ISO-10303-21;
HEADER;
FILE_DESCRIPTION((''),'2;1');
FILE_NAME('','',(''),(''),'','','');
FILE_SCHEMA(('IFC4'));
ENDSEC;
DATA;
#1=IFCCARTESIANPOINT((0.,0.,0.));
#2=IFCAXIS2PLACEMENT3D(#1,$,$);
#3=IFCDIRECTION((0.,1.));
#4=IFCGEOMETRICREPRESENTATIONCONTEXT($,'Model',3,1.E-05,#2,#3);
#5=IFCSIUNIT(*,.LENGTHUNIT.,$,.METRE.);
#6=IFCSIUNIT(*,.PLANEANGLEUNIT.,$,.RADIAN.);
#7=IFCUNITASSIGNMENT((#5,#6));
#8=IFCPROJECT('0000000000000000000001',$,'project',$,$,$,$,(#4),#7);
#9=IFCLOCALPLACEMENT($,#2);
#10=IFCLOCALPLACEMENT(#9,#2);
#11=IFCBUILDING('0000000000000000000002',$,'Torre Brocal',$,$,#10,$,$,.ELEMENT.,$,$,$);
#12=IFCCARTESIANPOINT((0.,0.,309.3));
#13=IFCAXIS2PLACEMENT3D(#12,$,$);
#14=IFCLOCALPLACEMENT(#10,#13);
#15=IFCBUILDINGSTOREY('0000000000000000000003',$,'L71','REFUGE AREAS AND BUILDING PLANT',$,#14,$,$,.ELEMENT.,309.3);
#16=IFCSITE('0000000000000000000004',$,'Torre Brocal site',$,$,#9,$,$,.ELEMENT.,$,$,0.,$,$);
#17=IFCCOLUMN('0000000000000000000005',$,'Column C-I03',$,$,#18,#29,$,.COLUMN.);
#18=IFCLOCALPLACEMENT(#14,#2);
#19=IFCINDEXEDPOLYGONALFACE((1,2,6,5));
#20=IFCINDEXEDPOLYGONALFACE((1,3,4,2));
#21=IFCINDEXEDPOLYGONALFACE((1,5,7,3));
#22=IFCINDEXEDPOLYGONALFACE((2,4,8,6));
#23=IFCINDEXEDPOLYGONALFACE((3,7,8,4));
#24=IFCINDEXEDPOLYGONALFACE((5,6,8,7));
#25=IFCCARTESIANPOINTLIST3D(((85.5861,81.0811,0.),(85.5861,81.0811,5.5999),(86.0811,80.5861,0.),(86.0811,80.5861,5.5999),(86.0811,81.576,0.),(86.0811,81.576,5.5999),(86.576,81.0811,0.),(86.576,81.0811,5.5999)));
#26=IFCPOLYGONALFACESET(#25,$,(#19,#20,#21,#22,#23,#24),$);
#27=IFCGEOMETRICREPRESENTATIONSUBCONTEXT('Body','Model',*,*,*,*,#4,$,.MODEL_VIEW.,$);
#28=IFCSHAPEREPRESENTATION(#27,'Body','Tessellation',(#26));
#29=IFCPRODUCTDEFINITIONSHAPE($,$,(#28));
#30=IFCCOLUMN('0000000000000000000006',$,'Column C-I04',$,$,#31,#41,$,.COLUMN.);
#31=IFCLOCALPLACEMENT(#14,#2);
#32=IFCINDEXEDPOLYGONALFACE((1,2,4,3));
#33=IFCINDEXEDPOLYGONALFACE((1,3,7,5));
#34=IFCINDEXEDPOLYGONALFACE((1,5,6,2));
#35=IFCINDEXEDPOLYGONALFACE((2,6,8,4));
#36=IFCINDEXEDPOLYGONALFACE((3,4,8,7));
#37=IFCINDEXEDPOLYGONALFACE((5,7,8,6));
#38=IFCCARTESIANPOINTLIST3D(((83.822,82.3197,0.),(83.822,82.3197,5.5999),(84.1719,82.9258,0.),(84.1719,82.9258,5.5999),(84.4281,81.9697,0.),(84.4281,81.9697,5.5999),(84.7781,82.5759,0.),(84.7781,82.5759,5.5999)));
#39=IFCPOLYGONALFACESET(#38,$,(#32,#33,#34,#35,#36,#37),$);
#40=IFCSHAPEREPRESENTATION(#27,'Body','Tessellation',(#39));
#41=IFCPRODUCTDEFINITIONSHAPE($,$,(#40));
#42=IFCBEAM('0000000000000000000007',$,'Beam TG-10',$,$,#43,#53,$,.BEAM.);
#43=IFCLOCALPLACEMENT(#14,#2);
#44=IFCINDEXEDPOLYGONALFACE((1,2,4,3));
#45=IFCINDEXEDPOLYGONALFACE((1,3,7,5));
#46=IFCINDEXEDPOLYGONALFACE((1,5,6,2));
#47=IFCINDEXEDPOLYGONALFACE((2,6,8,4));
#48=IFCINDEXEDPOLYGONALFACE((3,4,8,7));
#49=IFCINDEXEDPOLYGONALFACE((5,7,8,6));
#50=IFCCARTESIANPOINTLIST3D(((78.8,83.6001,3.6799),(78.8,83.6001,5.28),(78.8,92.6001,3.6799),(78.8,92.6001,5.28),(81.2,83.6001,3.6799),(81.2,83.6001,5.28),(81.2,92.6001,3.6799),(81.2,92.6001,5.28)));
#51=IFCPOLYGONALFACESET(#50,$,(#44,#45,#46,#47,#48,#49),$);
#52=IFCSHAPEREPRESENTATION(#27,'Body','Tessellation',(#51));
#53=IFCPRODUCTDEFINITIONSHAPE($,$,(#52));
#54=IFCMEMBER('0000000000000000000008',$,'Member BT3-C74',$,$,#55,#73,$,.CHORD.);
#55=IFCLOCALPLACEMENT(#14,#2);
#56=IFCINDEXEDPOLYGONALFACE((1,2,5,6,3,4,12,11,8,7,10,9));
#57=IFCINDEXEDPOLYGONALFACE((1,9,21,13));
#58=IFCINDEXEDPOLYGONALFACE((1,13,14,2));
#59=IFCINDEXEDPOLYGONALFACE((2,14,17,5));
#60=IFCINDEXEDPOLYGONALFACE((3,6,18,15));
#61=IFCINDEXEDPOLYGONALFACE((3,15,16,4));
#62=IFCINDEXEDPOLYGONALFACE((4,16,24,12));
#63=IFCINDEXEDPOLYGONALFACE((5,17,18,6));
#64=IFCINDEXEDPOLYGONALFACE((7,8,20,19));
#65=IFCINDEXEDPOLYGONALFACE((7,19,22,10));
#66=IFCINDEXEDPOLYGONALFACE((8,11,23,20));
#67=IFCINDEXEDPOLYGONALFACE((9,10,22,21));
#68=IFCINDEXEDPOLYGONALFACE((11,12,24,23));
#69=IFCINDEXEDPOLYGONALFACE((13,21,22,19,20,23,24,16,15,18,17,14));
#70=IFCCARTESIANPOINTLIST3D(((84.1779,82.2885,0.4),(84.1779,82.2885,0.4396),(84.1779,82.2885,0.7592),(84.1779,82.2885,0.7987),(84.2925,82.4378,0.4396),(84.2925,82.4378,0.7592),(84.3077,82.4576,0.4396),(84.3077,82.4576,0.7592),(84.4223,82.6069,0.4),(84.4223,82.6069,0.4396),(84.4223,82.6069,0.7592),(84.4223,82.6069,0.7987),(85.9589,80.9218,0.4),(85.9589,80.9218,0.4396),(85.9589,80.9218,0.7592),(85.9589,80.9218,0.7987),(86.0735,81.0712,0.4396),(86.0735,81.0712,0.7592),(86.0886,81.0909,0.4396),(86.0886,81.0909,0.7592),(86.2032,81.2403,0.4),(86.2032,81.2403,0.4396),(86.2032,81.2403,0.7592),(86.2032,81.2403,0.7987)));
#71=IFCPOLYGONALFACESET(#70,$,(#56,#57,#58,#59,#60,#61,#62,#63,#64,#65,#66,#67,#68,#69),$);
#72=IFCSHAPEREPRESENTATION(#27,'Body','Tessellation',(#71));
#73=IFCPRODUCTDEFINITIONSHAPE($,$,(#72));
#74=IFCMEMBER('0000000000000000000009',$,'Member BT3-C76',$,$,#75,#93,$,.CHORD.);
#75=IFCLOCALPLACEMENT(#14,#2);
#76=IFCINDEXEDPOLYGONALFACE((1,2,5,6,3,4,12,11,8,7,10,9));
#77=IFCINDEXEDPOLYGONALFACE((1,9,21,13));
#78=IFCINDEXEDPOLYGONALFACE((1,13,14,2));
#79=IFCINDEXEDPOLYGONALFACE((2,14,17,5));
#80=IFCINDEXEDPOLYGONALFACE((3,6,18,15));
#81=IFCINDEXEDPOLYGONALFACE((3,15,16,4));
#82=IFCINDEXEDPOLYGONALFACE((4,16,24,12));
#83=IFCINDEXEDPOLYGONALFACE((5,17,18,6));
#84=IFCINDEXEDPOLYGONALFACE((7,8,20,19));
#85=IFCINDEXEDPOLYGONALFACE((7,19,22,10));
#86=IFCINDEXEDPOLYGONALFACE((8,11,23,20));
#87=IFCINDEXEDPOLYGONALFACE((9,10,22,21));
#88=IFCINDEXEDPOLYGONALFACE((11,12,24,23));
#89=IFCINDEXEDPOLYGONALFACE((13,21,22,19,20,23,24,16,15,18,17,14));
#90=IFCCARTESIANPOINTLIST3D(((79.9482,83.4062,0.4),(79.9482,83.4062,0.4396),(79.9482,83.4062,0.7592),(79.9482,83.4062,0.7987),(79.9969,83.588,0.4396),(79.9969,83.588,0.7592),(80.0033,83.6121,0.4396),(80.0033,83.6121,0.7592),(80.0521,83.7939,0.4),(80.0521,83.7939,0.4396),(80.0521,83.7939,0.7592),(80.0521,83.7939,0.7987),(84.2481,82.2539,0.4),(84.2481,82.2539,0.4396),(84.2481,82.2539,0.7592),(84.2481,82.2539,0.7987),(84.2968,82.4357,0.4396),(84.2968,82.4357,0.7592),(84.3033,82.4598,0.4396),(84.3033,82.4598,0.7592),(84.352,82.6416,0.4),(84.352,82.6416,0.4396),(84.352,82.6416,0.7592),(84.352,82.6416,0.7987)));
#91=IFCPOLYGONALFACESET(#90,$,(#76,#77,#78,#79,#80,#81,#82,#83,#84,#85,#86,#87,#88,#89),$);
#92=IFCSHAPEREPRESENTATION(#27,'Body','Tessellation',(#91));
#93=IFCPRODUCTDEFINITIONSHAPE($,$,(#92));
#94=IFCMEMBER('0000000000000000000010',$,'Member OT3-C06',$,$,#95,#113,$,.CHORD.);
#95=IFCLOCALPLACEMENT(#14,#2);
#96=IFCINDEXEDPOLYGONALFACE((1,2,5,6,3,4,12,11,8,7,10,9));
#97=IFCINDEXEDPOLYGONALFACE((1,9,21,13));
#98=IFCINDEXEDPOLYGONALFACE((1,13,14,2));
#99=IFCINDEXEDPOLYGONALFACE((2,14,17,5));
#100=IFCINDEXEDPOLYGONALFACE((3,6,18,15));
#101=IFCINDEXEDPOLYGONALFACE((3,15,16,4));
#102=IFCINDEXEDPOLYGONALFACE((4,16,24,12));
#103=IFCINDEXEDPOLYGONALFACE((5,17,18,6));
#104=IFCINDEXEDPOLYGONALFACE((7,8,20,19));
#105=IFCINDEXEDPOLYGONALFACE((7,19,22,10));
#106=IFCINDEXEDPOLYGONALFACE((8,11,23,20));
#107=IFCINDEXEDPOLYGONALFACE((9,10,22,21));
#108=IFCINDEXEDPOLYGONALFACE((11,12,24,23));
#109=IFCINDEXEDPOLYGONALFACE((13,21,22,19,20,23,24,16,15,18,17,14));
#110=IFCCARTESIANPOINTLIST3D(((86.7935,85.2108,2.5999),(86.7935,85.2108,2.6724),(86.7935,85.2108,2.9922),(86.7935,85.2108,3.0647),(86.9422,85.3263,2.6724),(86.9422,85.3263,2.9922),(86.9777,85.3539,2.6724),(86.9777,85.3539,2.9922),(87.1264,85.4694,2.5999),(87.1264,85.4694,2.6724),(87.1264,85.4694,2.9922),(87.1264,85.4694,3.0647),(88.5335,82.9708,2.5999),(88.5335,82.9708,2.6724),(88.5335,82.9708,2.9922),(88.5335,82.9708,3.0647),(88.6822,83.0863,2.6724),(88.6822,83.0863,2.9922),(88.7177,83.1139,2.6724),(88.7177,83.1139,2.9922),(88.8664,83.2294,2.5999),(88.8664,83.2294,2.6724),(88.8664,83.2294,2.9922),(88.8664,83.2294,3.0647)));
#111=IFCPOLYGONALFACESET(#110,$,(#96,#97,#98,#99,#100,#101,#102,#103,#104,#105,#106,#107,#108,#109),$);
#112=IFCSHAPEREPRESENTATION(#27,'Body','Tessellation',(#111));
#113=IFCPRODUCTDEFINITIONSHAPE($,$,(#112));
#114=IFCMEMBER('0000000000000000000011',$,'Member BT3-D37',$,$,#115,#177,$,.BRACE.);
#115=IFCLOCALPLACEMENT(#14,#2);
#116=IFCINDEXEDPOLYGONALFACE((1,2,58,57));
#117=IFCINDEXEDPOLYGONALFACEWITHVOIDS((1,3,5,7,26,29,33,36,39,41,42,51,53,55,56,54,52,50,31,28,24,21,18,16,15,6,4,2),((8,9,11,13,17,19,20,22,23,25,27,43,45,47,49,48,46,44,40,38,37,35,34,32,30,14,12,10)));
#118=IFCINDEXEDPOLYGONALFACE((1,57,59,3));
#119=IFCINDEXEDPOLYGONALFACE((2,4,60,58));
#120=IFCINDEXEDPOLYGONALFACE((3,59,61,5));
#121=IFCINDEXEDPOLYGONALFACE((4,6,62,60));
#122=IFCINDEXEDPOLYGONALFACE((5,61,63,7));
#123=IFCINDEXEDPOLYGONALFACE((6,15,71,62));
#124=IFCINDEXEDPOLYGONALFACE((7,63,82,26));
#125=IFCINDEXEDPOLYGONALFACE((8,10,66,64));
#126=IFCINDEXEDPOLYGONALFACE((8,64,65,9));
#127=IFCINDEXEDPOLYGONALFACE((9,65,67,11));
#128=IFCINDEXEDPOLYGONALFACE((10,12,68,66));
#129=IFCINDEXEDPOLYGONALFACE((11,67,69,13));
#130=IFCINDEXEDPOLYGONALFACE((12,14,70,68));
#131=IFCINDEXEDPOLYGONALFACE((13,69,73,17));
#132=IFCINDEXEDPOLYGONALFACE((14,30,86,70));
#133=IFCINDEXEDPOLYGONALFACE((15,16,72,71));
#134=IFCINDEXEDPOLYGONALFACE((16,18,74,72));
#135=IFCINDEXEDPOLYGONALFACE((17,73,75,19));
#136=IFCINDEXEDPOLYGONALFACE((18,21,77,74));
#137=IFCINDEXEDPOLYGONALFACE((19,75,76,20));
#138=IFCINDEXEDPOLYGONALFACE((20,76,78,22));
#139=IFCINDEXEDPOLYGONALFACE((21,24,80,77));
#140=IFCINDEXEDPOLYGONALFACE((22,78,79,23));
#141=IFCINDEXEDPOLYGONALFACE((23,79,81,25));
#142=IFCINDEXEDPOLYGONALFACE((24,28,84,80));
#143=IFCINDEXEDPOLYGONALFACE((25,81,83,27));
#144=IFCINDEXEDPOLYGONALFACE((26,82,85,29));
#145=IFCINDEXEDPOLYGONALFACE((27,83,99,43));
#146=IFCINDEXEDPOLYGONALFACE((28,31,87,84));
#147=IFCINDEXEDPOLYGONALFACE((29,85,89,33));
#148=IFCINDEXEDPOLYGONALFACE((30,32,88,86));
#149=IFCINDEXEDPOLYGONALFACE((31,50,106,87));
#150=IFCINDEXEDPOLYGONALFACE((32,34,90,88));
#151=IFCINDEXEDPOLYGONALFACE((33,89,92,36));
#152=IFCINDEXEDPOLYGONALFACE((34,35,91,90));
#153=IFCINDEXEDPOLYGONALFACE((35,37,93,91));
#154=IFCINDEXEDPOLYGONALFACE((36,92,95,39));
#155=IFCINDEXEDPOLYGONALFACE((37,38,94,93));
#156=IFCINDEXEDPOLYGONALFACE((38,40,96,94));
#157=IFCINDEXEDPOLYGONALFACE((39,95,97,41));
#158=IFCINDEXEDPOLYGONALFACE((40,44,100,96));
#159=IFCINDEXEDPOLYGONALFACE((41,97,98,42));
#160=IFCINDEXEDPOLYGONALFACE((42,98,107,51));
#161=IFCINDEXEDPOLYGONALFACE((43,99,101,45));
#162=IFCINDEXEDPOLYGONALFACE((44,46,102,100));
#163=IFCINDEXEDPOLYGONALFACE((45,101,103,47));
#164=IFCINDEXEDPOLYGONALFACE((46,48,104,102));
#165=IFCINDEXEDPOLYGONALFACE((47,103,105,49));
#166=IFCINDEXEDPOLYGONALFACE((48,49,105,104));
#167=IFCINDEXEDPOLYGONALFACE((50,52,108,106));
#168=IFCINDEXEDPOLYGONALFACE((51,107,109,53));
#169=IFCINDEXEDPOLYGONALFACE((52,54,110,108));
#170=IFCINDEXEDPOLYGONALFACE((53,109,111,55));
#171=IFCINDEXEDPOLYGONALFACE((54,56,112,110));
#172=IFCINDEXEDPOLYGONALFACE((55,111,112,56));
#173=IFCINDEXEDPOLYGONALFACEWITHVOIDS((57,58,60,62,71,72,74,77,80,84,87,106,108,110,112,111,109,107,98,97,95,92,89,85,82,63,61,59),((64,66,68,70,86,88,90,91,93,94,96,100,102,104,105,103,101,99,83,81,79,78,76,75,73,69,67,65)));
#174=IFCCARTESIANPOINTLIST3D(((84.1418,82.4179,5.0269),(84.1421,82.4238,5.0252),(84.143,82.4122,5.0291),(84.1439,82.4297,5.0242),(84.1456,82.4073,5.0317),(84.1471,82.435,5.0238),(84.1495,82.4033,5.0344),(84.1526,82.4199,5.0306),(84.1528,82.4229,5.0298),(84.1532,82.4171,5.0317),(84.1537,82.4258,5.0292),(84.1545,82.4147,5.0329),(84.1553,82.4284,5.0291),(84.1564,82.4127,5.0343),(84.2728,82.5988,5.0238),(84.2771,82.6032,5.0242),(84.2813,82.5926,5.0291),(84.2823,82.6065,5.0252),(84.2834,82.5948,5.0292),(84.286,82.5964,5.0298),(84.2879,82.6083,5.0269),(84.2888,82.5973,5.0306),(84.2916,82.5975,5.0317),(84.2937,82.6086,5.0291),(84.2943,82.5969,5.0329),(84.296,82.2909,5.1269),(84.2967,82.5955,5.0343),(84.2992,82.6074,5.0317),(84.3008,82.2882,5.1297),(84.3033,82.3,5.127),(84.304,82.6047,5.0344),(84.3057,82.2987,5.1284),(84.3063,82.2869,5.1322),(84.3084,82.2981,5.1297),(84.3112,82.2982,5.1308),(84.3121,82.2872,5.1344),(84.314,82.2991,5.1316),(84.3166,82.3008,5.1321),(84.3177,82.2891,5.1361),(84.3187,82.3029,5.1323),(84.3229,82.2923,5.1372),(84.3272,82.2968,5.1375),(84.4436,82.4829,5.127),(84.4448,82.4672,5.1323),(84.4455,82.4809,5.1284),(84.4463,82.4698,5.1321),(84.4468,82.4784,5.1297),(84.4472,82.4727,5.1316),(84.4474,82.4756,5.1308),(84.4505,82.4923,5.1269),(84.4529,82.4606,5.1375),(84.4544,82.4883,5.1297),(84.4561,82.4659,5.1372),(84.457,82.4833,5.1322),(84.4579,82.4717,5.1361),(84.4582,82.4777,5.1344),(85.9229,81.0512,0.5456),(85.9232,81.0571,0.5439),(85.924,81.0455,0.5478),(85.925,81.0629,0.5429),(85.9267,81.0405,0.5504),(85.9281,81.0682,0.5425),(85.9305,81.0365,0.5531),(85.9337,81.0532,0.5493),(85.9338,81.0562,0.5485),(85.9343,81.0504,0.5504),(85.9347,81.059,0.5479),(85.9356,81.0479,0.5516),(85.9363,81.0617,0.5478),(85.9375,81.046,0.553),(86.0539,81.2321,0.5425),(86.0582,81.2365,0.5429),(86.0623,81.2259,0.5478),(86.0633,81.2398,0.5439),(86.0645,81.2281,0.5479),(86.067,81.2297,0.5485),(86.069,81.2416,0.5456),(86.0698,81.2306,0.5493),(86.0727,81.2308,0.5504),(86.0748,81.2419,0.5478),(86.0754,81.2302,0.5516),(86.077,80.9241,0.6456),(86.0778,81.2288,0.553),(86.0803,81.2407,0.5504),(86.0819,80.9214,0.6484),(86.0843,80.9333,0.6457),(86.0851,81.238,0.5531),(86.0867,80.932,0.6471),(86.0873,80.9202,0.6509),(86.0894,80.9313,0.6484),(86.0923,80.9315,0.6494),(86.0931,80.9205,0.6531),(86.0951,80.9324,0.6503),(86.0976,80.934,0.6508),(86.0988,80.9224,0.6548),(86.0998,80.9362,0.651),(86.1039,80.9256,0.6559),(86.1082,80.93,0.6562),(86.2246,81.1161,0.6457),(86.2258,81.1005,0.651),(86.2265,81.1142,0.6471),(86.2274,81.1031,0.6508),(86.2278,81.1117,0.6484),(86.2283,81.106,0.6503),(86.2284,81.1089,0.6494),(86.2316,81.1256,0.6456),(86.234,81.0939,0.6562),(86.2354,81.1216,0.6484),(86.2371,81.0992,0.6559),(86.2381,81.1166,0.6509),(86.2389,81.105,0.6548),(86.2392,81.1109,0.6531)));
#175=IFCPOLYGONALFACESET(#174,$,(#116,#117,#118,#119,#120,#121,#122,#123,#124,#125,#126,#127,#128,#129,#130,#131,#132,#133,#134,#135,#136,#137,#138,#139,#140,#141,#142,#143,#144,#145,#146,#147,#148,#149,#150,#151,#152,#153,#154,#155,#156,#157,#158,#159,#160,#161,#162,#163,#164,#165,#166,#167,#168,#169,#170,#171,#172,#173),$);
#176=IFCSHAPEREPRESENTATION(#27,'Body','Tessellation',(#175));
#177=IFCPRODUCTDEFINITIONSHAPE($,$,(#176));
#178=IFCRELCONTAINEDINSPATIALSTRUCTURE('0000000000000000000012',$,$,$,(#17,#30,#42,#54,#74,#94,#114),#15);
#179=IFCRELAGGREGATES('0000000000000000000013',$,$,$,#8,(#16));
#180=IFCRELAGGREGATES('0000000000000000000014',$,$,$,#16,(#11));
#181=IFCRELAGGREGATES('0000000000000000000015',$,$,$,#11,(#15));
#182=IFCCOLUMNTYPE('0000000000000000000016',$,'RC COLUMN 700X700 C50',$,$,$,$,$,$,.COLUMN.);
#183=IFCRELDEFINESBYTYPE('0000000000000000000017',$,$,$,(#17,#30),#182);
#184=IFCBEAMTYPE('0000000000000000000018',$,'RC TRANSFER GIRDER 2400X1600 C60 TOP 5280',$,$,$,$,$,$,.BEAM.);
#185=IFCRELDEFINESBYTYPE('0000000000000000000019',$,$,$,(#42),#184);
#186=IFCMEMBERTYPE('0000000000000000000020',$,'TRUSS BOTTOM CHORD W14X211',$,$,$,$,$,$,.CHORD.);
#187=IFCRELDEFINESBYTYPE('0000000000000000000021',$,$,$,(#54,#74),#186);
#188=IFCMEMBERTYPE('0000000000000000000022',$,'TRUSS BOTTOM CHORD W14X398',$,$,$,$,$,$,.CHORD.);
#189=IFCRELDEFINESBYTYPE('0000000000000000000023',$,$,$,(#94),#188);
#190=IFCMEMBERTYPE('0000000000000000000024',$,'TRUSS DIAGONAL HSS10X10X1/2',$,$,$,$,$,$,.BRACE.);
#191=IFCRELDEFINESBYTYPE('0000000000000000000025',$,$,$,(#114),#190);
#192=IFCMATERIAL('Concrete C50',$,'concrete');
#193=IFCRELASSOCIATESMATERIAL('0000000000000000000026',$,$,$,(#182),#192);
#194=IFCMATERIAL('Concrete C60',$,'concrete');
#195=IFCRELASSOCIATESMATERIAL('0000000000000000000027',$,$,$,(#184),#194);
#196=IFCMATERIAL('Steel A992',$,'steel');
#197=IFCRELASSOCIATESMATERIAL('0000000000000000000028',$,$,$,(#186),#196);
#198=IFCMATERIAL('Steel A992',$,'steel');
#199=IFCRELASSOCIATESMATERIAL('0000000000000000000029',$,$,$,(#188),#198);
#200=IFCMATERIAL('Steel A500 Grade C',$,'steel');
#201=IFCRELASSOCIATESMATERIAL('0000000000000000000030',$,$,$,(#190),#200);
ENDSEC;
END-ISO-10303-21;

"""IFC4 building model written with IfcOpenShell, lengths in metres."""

from ifc_helpers import new_model, si_unit, direction, frame, origin, origin_2d, place, context, subcontext, project, spatial, rectangle, hollow_rectangle, i_section, extrude, material, material_profile, profile_set, type_object, element, save


model = new_model("IFC4")

# Units and contexts
model_context = context("Model", 3, precision=1e-05, world=origin(), true_north=direction((0.0, 1.0)))
body_context = subcontext(model_context, "Body", "Model", "MODEL_VIEW")
ifc_project = project(units=[si_unit("LENGTHUNIT", "METRE"), si_unit("PLANEANGLEUNIT", "RADIAN")], contexts=[model_context])

# Site, building, storey
site_placement = place(None, origin())
site = spatial("IfcSite", under=ifc_project, at=site_placement, Name="Torre Brocal site", CompositionType="ELEMENT", RefElevation=0.0)
building_placement = place(site_placement, origin())
building = spatial("IfcBuilding", under=site, at=building_placement, Name="Torre Brocal", CompositionType="ELEMENT")
storey_placement = place(building_placement, frame((0.0, 0.0, 309.3)))
storey = spatial("IfcBuildingStorey", under=building, at=storey_placement, Name="L71", Description="REFUGE AREAS AND BUILDING PLANT", CompositionType="ELEMENT", Elevation=309.3)

# Columns
ifc_material_1 = material(Name="Concrete C50", Category="concrete")
ifc_material_profile_1 = material_profile(ifc_material_1, rectangle(XDim=0.7, YDim=0.7, at=origin_2d()), Name="RC 700X700")
ifc_profile_set_1 = profile_set([ifc_material_profile_1], Name="Concrete C50")
column_type = type_object("IfcColumnType", Name="RC COLUMN 700X700 C50", PredefinedType="COLUMN", material=ifc_profile_set_1)
for number, where, z_axis, x_axis, name in (
    (1, (86.0811, 81.0811, 0.0), (0.0, 0.0, 1.0), (0.707107, 0.707107, 0.0), "Column C-I03"),
    (2, (84.3, 82.4478, 0.0), (0.0, 0.0, 1.0), (0.5, 0.866025, 0.0), "Column C-I04"),
):
    element("IfcColumn", number, at=place(storey_placement, frame(where, z_axis=z_axis, x_axis=x_axis)), inside=storey, type_object=column_type, Name=name, PredefinedType="COLUMN", context=body_context, shape_type="SweptSolid", body=[
        extrude(rectangle(XDim=0.7, YDim=0.7, at=origin_2d()), origin(), (0.0, 0.0, 1.0), 5.5999),
    ])

# Beam
ifc_material_2 = material(Name="Concrete C60", Category="concrete")
ifc_material_profile_2 = material_profile(ifc_material_2, rectangle(XDim=2.3999, YDim=1.6001, at=origin_2d()), Name="RC 2400X1600")
ifc_profile_set_2 = profile_set([ifc_material_profile_2], Name="Concrete C60")
beam_type = type_object("IfcBeamType", Name="RC TRANSFER GIRDER 2400X1600 C60 TOP 5280", PredefinedType="BEAM", material=ifc_profile_set_2)
beam_placement = place(storey_placement, frame((80.0, 83.6001, 4.48), z_axis=(0.0, 1.0, 0.0), x_axis=(-1.0, 0.0, 0.0)))
element("IfcBeam", 3, at=beam_placement, inside=storey, type_object=beam_type, Name="Beam TG-10", PredefinedType="BEAM", context=body_context, shape_type="SweptSolid", body=[
    extrude(rectangle(XDim=2.3999, YDim=1.6001, at=origin_2d()), origin(), (0.0, 0.0, 1.0), 9.0),
])

# Members
ifc_material_3 = material(Name="Steel A992", Category="steel")
ifc_material_profile_3 = material_profile(ifc_material_3, i_section(OverallWidth=0.4014, OverallDepth=0.3987, WebThickness=0.0249, FlangeThickness=0.0396, at=origin_2d()), Name="W14X211")
ifc_profile_set_3 = profile_set([ifc_material_profile_3], Name="Steel A992")
member_type_1 = type_object("IfcMemberType", Name="TRUSS BOTTOM CHORD W14X211", PredefinedType="CHORD", material=ifc_profile_set_3)
member_1_placement = place(storey_placement, frame((86.0811, 81.0811, 0.5994), z_axis=(-0.793335, 0.608785, 0.0), x_axis=(-0.608785, -0.793335, 0.0)))
element("IfcMember", 4, at=member_1_placement, inside=storey, type_object=member_type_1, Name="Member BT3-C74", PredefinedType="CHORD", context=body_context, shape_type="SweptSolid", body=[
    extrude(i_section(OverallWidth=0.4014, OverallDepth=0.3987, WebThickness=0.0249, FlangeThickness=0.0396, at=origin_2d()), origin(), (0.0, 0.0, 1.0), 2.2449),
])
member_2_placement = place(storey_placement, frame((84.3, 82.4478, 0.5994), z_axis=(-0.965917, 0.25885, 0.0), x_axis=(-0.25885, -0.965917, 0.0)))
element("IfcMember", 5, at=member_2_placement, inside=storey, type_object=member_type_1, Name="Member BT3-C76", PredefinedType="CHORD", context=body_context, shape_type="SweptSolid", body=[
    extrude(i_section(OverallWidth=0.4014, OverallDepth=0.3987, WebThickness=0.0249, FlangeThickness=0.0396, at=origin_2d()), origin(), (0.0, 0.0, 1.0), 4.4517),
])
ifc_material_4 = material(Name="Steel A992", Category="steel")
ifc_material_profile_4 = material_profile(ifc_material_4, i_section(OverallWidth=0.4216, OverallDepth=0.4648, WebThickness=0.0449, FlangeThickness=0.0725, at=origin_2d()), Name="W14X398")
ifc_profile_set_4 = profile_set([ifc_material_profile_4], Name="Steel A992")
member_type_2 = type_object("IfcMemberType", Name="TRUSS BOTTOM CHORD W14X398", PredefinedType="CHORD", material=ifc_profile_set_4)
member_3_placement = place(storey_placement, frame((88.7, 83.1001, 2.8323), z_axis=(-0.613452, 0.789732, 0.0), x_axis=(-0.789732, -0.613452, 0.0)))
element("IfcMember", 6, at=member_3_placement, inside=storey, type_object=member_type_2, Name="Member OT3-C06", PredefinedType="CHORD", context=body_context, shape_type="SweptSolid", body=[
    extrude(i_section(OverallWidth=0.4216, OverallDepth=0.4648, WebThickness=0.0449, FlangeThickness=0.0725, at=origin_2d()), origin(), (0.0, 0.0, 1.0), 2.8364),
])
ifc_material_5 = material(Name="Steel A500 Grade C", Category="steel")
ifc_material_profile_5 = material_profile(ifc_material_5, hollow_rectangle(XDim=0.2539, YDim=0.2539, WallThickness=0.0117, InnerFilletRadius=0.0117, OuterFilletRadius=0.0237, at=origin_2d()), Name="HSS10X10X1/2")
ifc_profile_set_5 = profile_set([ifc_material_profile_5], Name="Steel A500 Grade C")
member_type_3 = type_object("IfcMemberType", Name="TRUSS DIAGONAL HSS10X10X1/2", PredefinedType="BRACE", material=ifc_profile_set_5)
member_4_placement = place(storey_placement, frame((86.0811, 81.0811, 0.5994), z_axis=(-0.355342, 0.272681, 0.894079), x_axis=(-0.608785, -0.793335, 0.0)))
element("IfcMember", 7, at=member_4_placement, inside=storey, type_object=member_type_3, Name="Member BT3-D37", PredefinedType="BRACE", context=body_context, shape_type="SweptSolid", body=[
    extrude(hollow_rectangle(XDim=0.2539, YDim=0.2539, WallThickness=0.0117, InnerFilletRadius=0.0117, OuterFilletRadius=0.0237, at=origin_2d()), origin(), (0.0, 0.0, 1.0), 5.0122),
])

save(model, "model.ifc")
